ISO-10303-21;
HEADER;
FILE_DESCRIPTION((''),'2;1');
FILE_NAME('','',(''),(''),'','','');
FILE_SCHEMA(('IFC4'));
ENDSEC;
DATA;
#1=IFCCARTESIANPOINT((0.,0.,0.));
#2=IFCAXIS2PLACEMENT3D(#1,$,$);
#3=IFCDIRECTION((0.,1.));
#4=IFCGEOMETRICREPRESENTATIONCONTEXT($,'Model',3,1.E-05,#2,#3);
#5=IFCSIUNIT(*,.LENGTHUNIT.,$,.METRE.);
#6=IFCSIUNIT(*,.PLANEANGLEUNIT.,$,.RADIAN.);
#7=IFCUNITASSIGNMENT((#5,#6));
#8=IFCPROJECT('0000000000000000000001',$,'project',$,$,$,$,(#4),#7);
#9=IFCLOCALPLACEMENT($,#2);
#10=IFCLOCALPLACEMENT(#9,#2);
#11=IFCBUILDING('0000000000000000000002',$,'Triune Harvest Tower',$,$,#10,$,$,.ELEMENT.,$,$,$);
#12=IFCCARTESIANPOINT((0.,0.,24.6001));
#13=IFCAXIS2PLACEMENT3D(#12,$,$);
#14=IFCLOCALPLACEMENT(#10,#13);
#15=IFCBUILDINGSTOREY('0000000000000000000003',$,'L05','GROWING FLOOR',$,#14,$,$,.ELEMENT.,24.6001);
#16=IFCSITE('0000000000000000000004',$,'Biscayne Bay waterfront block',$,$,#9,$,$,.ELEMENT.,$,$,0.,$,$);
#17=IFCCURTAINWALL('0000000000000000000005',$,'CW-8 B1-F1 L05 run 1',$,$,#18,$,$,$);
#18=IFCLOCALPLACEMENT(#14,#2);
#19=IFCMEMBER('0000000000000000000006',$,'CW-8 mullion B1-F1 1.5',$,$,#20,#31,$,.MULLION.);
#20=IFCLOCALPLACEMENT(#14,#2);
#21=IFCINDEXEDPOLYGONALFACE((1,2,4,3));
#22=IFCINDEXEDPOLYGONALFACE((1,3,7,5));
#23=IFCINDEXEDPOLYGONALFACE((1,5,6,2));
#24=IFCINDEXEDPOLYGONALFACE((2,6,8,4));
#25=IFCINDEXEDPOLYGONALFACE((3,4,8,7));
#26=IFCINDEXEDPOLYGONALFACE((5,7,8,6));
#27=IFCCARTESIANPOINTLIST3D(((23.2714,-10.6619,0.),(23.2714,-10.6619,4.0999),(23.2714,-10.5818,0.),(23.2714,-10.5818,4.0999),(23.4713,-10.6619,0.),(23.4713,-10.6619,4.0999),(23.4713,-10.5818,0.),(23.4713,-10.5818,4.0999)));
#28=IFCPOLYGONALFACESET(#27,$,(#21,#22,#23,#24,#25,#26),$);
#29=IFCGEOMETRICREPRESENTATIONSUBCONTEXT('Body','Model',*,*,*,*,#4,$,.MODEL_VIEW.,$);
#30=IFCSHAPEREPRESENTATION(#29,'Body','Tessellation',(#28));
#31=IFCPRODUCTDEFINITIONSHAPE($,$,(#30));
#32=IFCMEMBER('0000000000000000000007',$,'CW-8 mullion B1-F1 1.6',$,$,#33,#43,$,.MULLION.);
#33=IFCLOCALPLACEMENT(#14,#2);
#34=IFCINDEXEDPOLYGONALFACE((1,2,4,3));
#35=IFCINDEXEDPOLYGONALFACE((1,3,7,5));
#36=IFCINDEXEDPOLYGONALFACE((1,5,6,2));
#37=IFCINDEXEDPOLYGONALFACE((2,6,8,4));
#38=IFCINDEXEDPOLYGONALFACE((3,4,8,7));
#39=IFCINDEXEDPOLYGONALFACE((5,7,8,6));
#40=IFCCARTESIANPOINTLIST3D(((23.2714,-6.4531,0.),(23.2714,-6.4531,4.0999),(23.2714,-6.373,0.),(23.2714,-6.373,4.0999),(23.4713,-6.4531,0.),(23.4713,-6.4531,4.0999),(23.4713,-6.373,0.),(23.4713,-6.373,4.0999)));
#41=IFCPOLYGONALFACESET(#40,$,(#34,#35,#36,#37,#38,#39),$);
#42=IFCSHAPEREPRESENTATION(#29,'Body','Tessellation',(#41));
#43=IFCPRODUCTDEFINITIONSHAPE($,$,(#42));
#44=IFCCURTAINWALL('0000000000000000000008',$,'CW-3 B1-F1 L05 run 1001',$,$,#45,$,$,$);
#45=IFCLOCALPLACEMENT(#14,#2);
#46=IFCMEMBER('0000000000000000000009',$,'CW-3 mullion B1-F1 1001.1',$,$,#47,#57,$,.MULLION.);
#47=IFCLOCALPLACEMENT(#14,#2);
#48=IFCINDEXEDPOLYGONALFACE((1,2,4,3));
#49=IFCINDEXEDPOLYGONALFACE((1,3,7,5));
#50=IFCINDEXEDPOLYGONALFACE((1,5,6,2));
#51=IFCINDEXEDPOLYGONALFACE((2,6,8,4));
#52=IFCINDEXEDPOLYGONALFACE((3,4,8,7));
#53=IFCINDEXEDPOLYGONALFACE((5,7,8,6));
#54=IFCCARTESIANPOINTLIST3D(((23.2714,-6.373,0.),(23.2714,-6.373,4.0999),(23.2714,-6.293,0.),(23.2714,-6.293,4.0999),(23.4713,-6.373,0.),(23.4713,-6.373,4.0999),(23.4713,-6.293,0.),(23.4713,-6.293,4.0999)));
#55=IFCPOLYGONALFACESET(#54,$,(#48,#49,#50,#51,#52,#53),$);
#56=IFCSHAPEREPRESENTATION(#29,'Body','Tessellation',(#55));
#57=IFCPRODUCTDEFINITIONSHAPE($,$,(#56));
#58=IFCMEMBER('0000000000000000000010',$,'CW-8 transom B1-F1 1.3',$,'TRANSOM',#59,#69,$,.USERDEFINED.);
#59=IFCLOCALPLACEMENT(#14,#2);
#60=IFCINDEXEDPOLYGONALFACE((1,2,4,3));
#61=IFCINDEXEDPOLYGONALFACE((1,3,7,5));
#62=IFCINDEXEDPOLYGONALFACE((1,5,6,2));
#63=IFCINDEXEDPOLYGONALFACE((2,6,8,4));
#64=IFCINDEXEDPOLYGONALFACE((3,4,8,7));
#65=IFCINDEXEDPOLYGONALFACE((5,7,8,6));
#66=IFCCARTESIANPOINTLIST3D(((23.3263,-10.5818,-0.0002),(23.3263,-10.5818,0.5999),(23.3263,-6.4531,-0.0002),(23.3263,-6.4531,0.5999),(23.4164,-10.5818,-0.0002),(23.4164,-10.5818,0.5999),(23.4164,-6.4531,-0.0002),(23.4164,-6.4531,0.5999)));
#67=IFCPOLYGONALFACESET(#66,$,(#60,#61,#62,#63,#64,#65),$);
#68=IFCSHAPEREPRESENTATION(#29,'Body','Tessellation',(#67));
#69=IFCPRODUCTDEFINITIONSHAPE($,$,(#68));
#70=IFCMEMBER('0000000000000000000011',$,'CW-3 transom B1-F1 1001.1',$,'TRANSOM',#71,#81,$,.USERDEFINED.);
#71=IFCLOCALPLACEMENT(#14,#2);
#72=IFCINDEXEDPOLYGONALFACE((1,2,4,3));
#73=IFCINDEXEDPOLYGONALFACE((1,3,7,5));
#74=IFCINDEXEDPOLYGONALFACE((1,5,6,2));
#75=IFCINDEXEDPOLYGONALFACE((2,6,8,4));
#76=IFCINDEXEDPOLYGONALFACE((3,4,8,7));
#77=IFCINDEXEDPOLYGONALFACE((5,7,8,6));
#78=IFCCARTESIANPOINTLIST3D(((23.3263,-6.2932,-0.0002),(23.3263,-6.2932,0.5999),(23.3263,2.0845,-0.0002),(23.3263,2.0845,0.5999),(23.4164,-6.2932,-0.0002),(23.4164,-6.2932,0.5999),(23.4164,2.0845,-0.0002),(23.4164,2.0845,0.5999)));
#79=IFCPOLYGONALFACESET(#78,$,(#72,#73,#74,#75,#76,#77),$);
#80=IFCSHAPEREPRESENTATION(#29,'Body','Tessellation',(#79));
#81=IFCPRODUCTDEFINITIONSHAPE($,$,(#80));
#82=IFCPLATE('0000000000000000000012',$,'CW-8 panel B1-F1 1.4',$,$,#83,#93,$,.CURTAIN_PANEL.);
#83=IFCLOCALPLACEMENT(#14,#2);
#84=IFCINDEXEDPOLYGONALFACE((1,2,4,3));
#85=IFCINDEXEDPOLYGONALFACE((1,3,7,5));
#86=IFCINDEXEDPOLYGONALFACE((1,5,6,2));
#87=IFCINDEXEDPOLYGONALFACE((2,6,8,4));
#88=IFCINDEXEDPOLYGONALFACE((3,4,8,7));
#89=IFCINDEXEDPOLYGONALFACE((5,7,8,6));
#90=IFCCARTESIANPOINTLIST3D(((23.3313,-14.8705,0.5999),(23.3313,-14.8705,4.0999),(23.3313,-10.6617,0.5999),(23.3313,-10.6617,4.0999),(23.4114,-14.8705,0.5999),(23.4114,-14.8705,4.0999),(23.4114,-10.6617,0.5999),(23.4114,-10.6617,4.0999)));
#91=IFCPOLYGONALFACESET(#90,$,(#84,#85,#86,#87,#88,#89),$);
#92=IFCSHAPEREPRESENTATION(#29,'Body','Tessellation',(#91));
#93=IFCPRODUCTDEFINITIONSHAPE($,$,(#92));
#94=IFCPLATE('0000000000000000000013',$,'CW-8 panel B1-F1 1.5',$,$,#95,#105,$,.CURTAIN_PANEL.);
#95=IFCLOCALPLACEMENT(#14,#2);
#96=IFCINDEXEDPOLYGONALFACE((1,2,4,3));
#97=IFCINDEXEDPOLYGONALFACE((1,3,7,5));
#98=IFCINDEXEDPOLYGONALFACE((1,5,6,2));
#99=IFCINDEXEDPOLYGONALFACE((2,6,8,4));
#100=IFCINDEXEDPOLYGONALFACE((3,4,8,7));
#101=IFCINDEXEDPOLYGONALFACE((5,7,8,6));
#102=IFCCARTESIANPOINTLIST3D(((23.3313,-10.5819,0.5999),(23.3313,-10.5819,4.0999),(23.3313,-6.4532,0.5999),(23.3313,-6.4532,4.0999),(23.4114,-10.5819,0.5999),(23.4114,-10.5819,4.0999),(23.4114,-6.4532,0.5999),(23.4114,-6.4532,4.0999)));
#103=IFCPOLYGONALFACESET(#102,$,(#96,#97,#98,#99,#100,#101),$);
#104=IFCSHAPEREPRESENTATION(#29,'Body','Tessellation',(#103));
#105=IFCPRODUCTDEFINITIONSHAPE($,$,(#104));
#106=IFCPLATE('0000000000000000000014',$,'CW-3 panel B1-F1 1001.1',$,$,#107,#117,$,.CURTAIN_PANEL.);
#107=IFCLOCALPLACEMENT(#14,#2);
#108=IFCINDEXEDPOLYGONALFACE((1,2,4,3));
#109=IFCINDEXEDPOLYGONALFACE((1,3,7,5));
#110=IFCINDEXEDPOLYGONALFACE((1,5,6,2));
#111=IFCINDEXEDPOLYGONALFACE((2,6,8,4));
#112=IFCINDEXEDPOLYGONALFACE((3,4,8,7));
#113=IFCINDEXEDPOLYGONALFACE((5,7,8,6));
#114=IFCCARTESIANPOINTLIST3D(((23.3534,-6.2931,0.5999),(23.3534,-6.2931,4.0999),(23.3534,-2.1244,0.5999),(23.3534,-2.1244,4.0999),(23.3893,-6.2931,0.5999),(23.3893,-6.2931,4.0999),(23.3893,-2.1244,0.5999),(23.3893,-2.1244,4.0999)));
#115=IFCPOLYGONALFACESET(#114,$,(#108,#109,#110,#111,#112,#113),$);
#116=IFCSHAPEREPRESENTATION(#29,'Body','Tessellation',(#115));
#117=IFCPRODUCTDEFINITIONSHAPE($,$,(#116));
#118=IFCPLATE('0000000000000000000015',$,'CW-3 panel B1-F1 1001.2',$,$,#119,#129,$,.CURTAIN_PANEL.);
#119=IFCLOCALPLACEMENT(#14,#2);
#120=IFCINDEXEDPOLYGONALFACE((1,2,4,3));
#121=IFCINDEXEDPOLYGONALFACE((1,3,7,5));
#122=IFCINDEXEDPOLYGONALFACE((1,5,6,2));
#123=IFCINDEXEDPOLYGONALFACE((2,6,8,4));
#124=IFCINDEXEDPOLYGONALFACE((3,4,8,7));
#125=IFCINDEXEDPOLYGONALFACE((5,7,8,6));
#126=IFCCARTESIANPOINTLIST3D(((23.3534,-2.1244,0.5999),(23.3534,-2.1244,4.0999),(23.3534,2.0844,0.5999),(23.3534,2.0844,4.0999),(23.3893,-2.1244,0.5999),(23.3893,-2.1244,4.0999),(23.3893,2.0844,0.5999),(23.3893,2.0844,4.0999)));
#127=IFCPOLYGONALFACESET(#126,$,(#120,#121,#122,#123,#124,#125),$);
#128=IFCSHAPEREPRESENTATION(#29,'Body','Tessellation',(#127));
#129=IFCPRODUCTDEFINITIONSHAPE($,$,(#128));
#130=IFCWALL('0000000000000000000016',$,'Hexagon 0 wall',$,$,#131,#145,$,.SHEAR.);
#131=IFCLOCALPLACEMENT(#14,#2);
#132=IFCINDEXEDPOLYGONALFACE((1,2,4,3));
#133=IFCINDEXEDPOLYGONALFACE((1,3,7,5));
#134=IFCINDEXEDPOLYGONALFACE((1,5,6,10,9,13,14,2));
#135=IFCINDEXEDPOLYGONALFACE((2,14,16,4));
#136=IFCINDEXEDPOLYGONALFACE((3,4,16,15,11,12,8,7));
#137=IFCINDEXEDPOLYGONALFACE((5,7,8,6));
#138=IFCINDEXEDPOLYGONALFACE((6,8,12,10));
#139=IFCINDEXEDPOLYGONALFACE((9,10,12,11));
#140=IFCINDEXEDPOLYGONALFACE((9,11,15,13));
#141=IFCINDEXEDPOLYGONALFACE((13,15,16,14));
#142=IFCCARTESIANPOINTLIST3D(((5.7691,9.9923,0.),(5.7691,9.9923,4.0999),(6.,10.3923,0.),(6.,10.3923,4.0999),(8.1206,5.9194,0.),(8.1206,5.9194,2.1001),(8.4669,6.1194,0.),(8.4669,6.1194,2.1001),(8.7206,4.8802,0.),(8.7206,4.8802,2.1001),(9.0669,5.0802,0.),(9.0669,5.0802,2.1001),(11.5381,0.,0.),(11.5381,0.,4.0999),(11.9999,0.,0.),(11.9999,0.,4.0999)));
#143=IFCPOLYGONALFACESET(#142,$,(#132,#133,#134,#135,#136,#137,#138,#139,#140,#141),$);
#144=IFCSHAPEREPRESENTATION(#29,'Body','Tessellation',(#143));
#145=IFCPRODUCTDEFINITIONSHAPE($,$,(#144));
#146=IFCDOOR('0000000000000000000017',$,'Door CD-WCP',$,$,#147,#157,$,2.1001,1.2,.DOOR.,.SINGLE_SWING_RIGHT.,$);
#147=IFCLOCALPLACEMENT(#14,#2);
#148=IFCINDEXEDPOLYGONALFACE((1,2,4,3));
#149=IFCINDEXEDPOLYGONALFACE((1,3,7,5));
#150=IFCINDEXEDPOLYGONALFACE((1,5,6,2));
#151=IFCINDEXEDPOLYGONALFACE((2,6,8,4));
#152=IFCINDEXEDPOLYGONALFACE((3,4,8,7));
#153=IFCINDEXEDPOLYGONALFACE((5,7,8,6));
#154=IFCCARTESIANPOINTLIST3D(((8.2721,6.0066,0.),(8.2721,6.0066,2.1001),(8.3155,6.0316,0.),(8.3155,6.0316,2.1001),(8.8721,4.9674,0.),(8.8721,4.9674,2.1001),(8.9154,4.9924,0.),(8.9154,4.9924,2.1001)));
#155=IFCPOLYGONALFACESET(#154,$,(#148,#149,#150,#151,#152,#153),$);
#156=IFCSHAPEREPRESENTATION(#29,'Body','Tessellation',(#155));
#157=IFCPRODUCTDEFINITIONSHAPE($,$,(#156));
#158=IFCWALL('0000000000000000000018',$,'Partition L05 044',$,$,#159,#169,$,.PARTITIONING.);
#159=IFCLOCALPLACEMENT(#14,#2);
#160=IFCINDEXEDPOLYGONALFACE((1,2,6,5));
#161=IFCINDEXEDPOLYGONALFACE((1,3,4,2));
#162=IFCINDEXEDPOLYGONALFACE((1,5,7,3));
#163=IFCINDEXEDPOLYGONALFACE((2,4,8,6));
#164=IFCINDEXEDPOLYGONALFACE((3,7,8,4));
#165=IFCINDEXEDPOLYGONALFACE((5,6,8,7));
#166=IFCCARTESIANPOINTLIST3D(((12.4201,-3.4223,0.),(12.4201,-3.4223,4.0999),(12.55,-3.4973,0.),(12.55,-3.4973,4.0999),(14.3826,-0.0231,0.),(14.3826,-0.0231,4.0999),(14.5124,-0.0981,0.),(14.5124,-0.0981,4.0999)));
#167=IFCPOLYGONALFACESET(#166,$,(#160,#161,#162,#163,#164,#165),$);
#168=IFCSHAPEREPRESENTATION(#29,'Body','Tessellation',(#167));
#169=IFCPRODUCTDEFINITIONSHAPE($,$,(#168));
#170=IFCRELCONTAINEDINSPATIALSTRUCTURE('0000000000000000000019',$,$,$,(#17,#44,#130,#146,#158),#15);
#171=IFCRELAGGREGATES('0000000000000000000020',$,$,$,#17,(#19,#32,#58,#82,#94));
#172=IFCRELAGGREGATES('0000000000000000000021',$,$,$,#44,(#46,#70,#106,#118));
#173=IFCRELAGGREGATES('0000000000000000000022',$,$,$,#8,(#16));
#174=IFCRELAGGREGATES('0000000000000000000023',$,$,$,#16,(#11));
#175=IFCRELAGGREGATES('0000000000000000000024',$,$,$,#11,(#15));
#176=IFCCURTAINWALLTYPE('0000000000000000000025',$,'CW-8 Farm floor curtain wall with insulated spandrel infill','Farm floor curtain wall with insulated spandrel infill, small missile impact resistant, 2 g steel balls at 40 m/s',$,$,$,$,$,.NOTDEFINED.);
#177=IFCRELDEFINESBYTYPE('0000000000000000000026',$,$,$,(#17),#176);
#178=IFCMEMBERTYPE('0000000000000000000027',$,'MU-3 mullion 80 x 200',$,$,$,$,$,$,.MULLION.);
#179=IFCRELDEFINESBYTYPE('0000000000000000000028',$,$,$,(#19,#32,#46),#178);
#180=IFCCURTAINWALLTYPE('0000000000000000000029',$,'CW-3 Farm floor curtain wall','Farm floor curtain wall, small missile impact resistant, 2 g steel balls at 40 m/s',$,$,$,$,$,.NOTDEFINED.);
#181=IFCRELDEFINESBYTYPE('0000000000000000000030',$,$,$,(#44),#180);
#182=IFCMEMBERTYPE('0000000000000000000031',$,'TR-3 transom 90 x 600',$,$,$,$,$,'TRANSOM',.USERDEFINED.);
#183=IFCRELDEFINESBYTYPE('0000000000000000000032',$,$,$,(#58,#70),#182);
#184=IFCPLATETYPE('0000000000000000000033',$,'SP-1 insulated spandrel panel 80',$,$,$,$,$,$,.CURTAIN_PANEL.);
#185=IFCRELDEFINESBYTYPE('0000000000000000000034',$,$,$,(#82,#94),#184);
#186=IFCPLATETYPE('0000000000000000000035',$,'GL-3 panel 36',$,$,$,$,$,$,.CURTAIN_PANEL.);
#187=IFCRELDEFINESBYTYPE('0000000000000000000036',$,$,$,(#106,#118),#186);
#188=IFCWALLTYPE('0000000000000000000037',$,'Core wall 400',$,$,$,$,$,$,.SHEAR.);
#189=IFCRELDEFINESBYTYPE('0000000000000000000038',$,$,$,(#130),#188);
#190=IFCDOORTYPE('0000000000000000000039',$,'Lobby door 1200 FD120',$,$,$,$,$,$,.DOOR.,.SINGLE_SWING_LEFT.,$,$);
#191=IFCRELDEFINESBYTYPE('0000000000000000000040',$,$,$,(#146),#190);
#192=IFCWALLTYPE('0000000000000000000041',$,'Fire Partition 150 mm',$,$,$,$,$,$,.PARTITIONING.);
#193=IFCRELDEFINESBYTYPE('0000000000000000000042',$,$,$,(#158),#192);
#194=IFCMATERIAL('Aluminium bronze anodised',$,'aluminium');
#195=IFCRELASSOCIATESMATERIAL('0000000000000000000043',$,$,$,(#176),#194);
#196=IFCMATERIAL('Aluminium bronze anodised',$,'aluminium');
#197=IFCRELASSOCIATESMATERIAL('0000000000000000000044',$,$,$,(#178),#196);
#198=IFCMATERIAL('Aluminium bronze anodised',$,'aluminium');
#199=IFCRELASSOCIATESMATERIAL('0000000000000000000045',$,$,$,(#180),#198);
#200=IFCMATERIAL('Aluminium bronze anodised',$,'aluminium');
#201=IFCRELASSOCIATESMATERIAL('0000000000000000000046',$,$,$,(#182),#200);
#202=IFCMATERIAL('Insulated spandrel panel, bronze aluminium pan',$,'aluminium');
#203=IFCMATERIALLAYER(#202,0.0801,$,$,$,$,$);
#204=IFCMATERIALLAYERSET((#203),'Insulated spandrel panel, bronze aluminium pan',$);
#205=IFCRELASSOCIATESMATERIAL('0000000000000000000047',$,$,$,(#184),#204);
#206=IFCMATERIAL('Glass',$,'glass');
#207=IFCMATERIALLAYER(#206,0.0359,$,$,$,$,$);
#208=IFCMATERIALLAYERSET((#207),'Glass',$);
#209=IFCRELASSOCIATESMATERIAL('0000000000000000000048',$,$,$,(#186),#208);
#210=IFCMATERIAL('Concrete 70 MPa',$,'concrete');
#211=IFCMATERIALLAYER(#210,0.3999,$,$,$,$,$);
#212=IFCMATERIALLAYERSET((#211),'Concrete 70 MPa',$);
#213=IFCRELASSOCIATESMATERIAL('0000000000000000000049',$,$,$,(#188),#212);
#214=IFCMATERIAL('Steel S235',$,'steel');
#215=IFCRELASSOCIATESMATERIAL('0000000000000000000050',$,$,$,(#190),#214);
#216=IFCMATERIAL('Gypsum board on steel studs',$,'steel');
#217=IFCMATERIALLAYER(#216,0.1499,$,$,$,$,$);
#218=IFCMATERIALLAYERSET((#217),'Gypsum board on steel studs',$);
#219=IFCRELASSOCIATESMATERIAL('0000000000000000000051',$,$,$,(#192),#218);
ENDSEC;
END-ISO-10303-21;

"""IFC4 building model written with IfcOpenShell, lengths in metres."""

from ifc_helpers import new_model, si_unit, direction, frame, frame_2d, origin, origin_2d, place, context, subcontext, project, spatial, polyline, rectangle, outline, extrude, source, transform, mapped, material, layer, layer_set, material_profile, profile_set, type_object, element, fill, aggregate, save


model = new_model("IFC4")

# Units and contexts
model_context = context("Model", 3, precision=1e-05, world=origin(), true_north=direction((0.0, 1.0)))
body_context = subcontext(model_context, "Body", "Model", "MODEL_VIEW")
ifc_project = project(units=[si_unit("LENGTHUNIT", "METRE"), si_unit("PLANEANGLEUNIT", "RADIAN")], contexts=[model_context])

# Site, building, storey
site_placement = place(None, origin())
site = spatial("IfcSite", under=ifc_project, at=site_placement, Name="Biscayne Bay waterfront block", CompositionType="ELEMENT", RefElevation=0.0)
building_placement = place(site_placement, origin())
building = spatial("IfcBuilding", under=site, at=building_placement, Name="Triune Harvest Tower", CompositionType="ELEMENT")
storey_placement = place(building_placement, frame((0.0, 0.0, 24.6001)))
storey = spatial("IfcBuildingStorey", under=building, at=storey_placement, Name="L05", Description="GROWING FLOOR", CompositionType="ELEMENT", Elevation=24.6001)

# Curtain wall, members
ifc_material_1 = material(Name="Aluminium bronze anodised", Category="aluminium")
curtain_wall_type_1 = type_object("IfcCurtainWallType", Name="CW-8 Farm floor curtain wall with insulated spandrel infill", Description="Farm floor curtain wall with insulated spandrel infill, small missile impact resistant, 2 g steel balls at 40 m/s", PredefinedType="NOTDEFINED", material=ifc_material_1)
curtain_wall_1_placement = place(storey_placement, origin())
curtain_wall_1 = element("IfcCurtainWall", 1, at=curtain_wall_1_placement, inside=storey, type_object=curtain_wall_type_1, Name="CW-8 B1-F1 L05 run 1")
ifc_material_2 = material(Name="Aluminium bronze anodised", Category="aluminium")
ifc_material_profile_1 = material_profile(ifc_material_2, rectangle(XDim=0.2, YDim=0.0801, at=origin_2d()), Name="MU-3 mullion 80 x 200")
ifc_profile_set_1 = profile_set([ifc_material_profile_1], Name="Aluminium bronze anodised")
member_type_1 = type_object("IfcMemberType", Name="MU-3 mullion 80 x 200", PredefinedType="MULLION", material=ifc_profile_set_1)
shared_shape_1 = source(origin(), body_context, "Body", "SweptSolid", [
    extrude(rectangle(XDim=0.2, YDim=0.0801, at=origin_2d()), origin(), (0.0, 0.0, 1.0), 4.0999),
])
member_1_placement = place(storey_placement, frame((23.3713, -10.6218, 0.0), z_axis=(0.0, 0.0, 1.0), x_axis=(-1.0, 0.0, 0.0)))
member_1 = element("IfcMember", 2, at=member_1_placement, type_object=member_type_1, Name="CW-8 mullion B1-F1 1.5", PredefinedType="MULLION", context=body_context, shape_type="MappedRepresentation", body=[
    mapped(shared_shape_1, transform((0.0, 0.0, 0.0), scale=1.0)),
])
member_2_placement = place(storey_placement, frame((23.3713, -6.4131, 0.0), z_axis=(0.0, 0.0, 1.0), x_axis=(-1.0, 0.0, 0.0)))
member_2 = element("IfcMember", 3, at=member_2_placement, type_object=member_type_1, Name="CW-8 mullion B1-F1 1.6", PredefinedType="MULLION", context=body_context, shape_type="MappedRepresentation", body=[
    mapped(shared_shape_1, transform((0.0, 0.0, 0.0), scale=1.0)),
])

# Curtain wall, member
ifc_material_3 = material(Name="Aluminium bronze anodised", Category="aluminium")
curtain_wall_type_2 = type_object("IfcCurtainWallType", Name="CW-3 Farm floor curtain wall", Description="Farm floor curtain wall, small missile impact resistant, 2 g steel balls at 40 m/s", PredefinedType="NOTDEFINED", material=ifc_material_3)
curtain_wall_2_placement = place(storey_placement, origin())
curtain_wall_2 = element("IfcCurtainWall", 4, at=curtain_wall_2_placement, inside=storey, type_object=curtain_wall_type_2, Name="CW-3 B1-F1 L05 run 1001")
member_3_placement = place(storey_placement, frame((23.3713, -6.333, 0.0), z_axis=(0.0, 0.0, 1.0), x_axis=(-1.0, 0.0, 0.0)))
member_3 = element("IfcMember", 5, at=member_3_placement, type_object=member_type_1, Name="CW-3 mullion B1-F1 1001.1", PredefinedType="MULLION", context=body_context, shape_type="MappedRepresentation", body=[
    mapped(shared_shape_1, transform((0.0, 0.0, 0.0), scale=1.0)),
])

# Members
ifc_material_4 = material(Name="Aluminium bronze anodised", Category="aluminium")
ifc_material_profile_2 = material_profile(ifc_material_4, rectangle(XDim=0.0901, YDim=0.6001, at=origin_2d()), Name="TR-3 transom 90 x 600")
ifc_profile_set_2 = profile_set([ifc_material_profile_2], Name="Aluminium bronze anodised")
member_type_2 = type_object("IfcMemberType", Name="TR-3 transom 90 x 600", ElementType="TRANSOM", PredefinedType="USERDEFINED", material=ifc_profile_set_2)
shared_shape_2 = source(origin(), body_context, "Body", "SweptSolid", [
    extrude(rectangle(XDim=0.0901, YDim=0.6001, at=origin_2d()), origin(), (0.0, 0.0, 1.0), 4.1287),
])
member_4_placement = place(storey_placement, frame((23.3713, -10.5818, 0.2998), z_axis=(0.0, 1.0, 0.0), x_axis=(-1.0, 0.0, 0.0)))
member_4 = element("IfcMember", 6, at=member_4_placement, type_object=member_type_2, Name="CW-8 transom B1-F1 1.3", ObjectType="TRANSOM", PredefinedType="USERDEFINED", context=body_context, shape_type="MappedRepresentation", body=[
    mapped(shared_shape_2, transform((0.0, 0.0, 0.0), scale=1.0)),
])
shared_shape_3 = source(origin(), body_context, "Body", "SweptSolid", [
    extrude(rectangle(XDim=0.0901, YDim=0.6001, at=origin_2d()), origin(), (0.0, 0.0, 1.0), 8.3777),
])
member_5_placement = place(storey_placement, frame((23.3713, -6.2932, 0.2998), z_axis=(0.0, 1.0, 0.0), x_axis=(-1.0, 0.0, 0.0)))
member_5 = element("IfcMember", 7, at=member_5_placement, type_object=member_type_2, Name="CW-3 transom B1-F1 1001.1", ObjectType="TRANSOM", PredefinedType="USERDEFINED", context=body_context, shape_type="MappedRepresentation", body=[
    mapped(shared_shape_3, transform((0.0, 0.0, 0.0), scale=1.0)),
])

# Plates
ifc_material_5 = material(Name="Insulated spandrel panel, bronze aluminium pan", Category="aluminium")
ifc_layer_1 = layer(ifc_material_5, 0.0801)
ifc_layer_set_1 = layer_set([ifc_layer_1], Name="Insulated spandrel panel, bronze aluminium pan")
plate_type_1 = type_object("IfcPlateType", Name="SP-1 insulated spandrel panel 80", PredefinedType="CURTAIN_PANEL", material=ifc_layer_set_1)
shared_shape_4 = source(origin(), body_context, "Body", "SweptSolid", [
    extrude(rectangle(XDim=4.2087, YDim=0.0801, at=origin_2d()), origin(), (0.0, 0.0, 1.0), 3.5),
])
plate_1_placement = place(storey_placement, frame((23.3713, -12.7661, 0.5999), z_axis=(0.0, 0.0, 1.0), x_axis=(0.0, 1.0, 0.0)))
plate_1 = element("IfcPlate", 8, at=plate_1_placement, type_object=plate_type_1, Name="CW-8 panel B1-F1 1.4", PredefinedType="CURTAIN_PANEL", context=body_context, shape_type="MappedRepresentation", body=[
    mapped(shared_shape_4, transform((0.0, 0.0, 0.0), scale=1.0)),
])
shared_shape_5 = source(origin(), body_context, "Body", "SweptSolid", [
    extrude(rectangle(XDim=4.1287, YDim=0.0801, at=origin_2d()), origin(), (0.0, 0.0, 1.0), 3.5),
])
plate_2_placement = place(storey_placement, frame((23.3713, -8.5176, 0.5999), z_axis=(0.0, 0.0, 1.0), x_axis=(0.0, 1.0, 0.0)))
plate_2 = element("IfcPlate", 9, at=plate_2_placement, type_object=plate_type_1, Name="CW-8 panel B1-F1 1.5", PredefinedType="CURTAIN_PANEL", context=body_context, shape_type="MappedRepresentation", body=[
    mapped(shared_shape_5, transform((0.0, 0.0, 0.0), scale=1.0)),
])
aggregate(curtain_wall_1, [member_1, member_2, member_4, plate_1, plate_2])
ifc_material_6 = material(Name="Glass", Category="glass")
ifc_layer_2 = layer(ifc_material_6, 0.0359)
ifc_layer_set_2 = layer_set([ifc_layer_2], Name="Glass")
plate_type_2 = type_object("IfcPlateType", Name="GL-3 panel 36", PredefinedType="CURTAIN_PANEL", material=ifc_layer_set_2)
shared_shape_6 = source(origin(), body_context, "Body", "SweptSolid", [
    extrude(rectangle(XDim=4.1687, YDim=0.0359, at=origin_2d()), origin(), (0.0, 0.0, 1.0), 3.5),
])
plate_3_placement = place(storey_placement, frame((23.3713, -4.2087, 0.5999), z_axis=(0.0, 0.0, 1.0), x_axis=(0.0, 1.0, 0.0)))
plate_3 = element("IfcPlate", 10, at=plate_3_placement, type_object=plate_type_2, Name="CW-3 panel B1-F1 1001.1", PredefinedType="CURTAIN_PANEL", context=body_context, shape_type="MappedRepresentation", body=[
    mapped(shared_shape_6, transform((0.0, 0.0, 0.0), scale=1.0)),
])
shared_shape_7 = source(origin(), body_context, "Body", "SweptSolid", [
    extrude(rectangle(XDim=4.2087, YDim=0.0359, at=origin_2d()), origin(), (0.0, 0.0, 1.0), 3.5),
])
plate_4_placement = place(storey_placement, frame((23.3713, -0.02, 0.5999), z_axis=(0.0, 0.0, 1.0), x_axis=(0.0, 1.0, 0.0)))
plate_4 = element("IfcPlate", 11, at=plate_4_placement, type_object=plate_type_2, Name="CW-3 panel B1-F1 1001.2", PredefinedType="CURTAIN_PANEL", context=body_context, shape_type="MappedRepresentation", body=[
    mapped(shared_shape_7, transform((0.0, 0.0, 0.0), scale=1.0)),
])
aggregate(curtain_wall_2, [member_3, member_5, plate_3, plate_4])

# Wall, opening, door
ifc_material_7 = material(Name="Concrete 70 MPa", Category="concrete")
ifc_layer_3 = layer(ifc_material_7, 0.3999)
ifc_layer_set_3 = layer_set([ifc_layer_3], Name="Concrete 70 MPa")
wall_type_1 = type_object("IfcWallType", Name="Core wall 400", PredefinedType="SHEAR", material=ifc_layer_set_3)
shared_shape_8 = source(origin(), body_context, "Body", "SweptSolid", [
    extrude(outline(polyline([(-0.1155, -0.2), (11.8845, -0.2), (11.6536, 0.2), (0.1155, 0.2), (-0.1155, -0.2)])), origin(), (0.0, 0.0, 1.0), 4.0999),
])
wall_1_placement = place(storey_placement, frame((11.769, 0.0, 0.0), z_axis=(0.0, 0.0, 1.0), x_axis=(-0.499997, 0.866027, 0.0)))
wall_1 = element("IfcWall", 12, at=wall_1_placement, inside=storey, type_object=wall_type_1, Name="Hexagon 0 wall", PredefinedType="SHEAR", context=body_context, shape_type="MappedRepresentation", body=[
    mapped(shared_shape_8, transform((0.0, 0.0, 0.0), scale=1.0)),
])
opening_1_placement = place(wall_1_placement, frame((5.7505, 0.0, 0.0)))
opening_1 = element("IfcOpeningElement", 13, at=opening_1_placement, cuts=wall_1, PredefinedType="OPENING", context=body_context, shape_type="SweptSolid", body=[
    extrude(rectangle(XDim=1.2, YDim=2.1001, at=frame_2d((0.6001, 1.05))), frame((0.0, 0.21, 0.0), z_axis=(0.0, -1.0, 0.0), x_axis=(1.0, 0.0, 0.0)), (0.0, 0.0, 1.0), 0.4199),
])
ifc_material_8 = material(Name="Steel S235", Category="steel")
door_type_1 = type_object("IfcDoorType", Name="Lobby door 1200 FD120", OperationType="SINGLE_SWING_LEFT", PredefinedType="DOOR", material=ifc_material_8)
door_1_placement = place(opening_1_placement, frame((1.2, 0.0, 0.0), z_axis=(0.0, 0.0, 1.0), x_axis=(-1.0, 0.0, 0.0)))
door_1 = element("IfcDoor", 14, at=door_1_placement, inside=storey, type_object=door_type_1, Name="Door CD-WCP", OperationType="SINGLE_SWING_RIGHT", OverallHeight=2.1001, OverallWidth=1.2, PredefinedType="DOOR", context=body_context, shape_type="SweptSolid", body=[
    extrude(rectangle(XDim=1.2, YDim=2.1001, at=frame_2d((0.6001, 1.05))), frame((0.0, 0.0249, 0.0), z_axis=(0.0, -1.0, 0.0), x_axis=(1.0, 0.0, 0.0)), (0.0, 0.0, 1.0), 0.05),
])
fill(opening_1, door_1)

# Wall
ifc_material_9 = material(Name="Gypsum board on steel studs", Category="steel")
ifc_layer_4 = layer(ifc_material_9, 0.1499)
ifc_layer_set_4 = layer_set([ifc_layer_4], Name="Gypsum board on steel studs")
wall_type_2 = type_object("IfcWallType", Name="Fire Partition 150 mm", PredefinedType="PARTITIONING", material=ifc_layer_set_4)
shared_shape_9 = source(origin(), body_context, "Body", "SweptSolid", [
    extrude(rectangle(XDim=3.925, YDim=0.1499, at=frame_2d((1.9624, 0.0))), origin(), (0.0, 0.0, 1.0), 4.0999),
])
wall_2_placement = place(storey_placement, frame((12.4851, -3.4597, 0.0), z_axis=(0.0, 0.0, 1.0), x_axis=(0.499979, 0.866037, 0.0)))
element("IfcWall", 15, at=wall_2_placement, inside=storey, type_object=wall_type_2, Name="Partition L05 044", PredefinedType="PARTITIONING", context=body_context, shape_type="MappedRepresentation", body=[
    mapped(shared_shape_9, transform((0.0, 0.0, 0.0), scale=1.0)),
])

save(model, "model.ifc")
